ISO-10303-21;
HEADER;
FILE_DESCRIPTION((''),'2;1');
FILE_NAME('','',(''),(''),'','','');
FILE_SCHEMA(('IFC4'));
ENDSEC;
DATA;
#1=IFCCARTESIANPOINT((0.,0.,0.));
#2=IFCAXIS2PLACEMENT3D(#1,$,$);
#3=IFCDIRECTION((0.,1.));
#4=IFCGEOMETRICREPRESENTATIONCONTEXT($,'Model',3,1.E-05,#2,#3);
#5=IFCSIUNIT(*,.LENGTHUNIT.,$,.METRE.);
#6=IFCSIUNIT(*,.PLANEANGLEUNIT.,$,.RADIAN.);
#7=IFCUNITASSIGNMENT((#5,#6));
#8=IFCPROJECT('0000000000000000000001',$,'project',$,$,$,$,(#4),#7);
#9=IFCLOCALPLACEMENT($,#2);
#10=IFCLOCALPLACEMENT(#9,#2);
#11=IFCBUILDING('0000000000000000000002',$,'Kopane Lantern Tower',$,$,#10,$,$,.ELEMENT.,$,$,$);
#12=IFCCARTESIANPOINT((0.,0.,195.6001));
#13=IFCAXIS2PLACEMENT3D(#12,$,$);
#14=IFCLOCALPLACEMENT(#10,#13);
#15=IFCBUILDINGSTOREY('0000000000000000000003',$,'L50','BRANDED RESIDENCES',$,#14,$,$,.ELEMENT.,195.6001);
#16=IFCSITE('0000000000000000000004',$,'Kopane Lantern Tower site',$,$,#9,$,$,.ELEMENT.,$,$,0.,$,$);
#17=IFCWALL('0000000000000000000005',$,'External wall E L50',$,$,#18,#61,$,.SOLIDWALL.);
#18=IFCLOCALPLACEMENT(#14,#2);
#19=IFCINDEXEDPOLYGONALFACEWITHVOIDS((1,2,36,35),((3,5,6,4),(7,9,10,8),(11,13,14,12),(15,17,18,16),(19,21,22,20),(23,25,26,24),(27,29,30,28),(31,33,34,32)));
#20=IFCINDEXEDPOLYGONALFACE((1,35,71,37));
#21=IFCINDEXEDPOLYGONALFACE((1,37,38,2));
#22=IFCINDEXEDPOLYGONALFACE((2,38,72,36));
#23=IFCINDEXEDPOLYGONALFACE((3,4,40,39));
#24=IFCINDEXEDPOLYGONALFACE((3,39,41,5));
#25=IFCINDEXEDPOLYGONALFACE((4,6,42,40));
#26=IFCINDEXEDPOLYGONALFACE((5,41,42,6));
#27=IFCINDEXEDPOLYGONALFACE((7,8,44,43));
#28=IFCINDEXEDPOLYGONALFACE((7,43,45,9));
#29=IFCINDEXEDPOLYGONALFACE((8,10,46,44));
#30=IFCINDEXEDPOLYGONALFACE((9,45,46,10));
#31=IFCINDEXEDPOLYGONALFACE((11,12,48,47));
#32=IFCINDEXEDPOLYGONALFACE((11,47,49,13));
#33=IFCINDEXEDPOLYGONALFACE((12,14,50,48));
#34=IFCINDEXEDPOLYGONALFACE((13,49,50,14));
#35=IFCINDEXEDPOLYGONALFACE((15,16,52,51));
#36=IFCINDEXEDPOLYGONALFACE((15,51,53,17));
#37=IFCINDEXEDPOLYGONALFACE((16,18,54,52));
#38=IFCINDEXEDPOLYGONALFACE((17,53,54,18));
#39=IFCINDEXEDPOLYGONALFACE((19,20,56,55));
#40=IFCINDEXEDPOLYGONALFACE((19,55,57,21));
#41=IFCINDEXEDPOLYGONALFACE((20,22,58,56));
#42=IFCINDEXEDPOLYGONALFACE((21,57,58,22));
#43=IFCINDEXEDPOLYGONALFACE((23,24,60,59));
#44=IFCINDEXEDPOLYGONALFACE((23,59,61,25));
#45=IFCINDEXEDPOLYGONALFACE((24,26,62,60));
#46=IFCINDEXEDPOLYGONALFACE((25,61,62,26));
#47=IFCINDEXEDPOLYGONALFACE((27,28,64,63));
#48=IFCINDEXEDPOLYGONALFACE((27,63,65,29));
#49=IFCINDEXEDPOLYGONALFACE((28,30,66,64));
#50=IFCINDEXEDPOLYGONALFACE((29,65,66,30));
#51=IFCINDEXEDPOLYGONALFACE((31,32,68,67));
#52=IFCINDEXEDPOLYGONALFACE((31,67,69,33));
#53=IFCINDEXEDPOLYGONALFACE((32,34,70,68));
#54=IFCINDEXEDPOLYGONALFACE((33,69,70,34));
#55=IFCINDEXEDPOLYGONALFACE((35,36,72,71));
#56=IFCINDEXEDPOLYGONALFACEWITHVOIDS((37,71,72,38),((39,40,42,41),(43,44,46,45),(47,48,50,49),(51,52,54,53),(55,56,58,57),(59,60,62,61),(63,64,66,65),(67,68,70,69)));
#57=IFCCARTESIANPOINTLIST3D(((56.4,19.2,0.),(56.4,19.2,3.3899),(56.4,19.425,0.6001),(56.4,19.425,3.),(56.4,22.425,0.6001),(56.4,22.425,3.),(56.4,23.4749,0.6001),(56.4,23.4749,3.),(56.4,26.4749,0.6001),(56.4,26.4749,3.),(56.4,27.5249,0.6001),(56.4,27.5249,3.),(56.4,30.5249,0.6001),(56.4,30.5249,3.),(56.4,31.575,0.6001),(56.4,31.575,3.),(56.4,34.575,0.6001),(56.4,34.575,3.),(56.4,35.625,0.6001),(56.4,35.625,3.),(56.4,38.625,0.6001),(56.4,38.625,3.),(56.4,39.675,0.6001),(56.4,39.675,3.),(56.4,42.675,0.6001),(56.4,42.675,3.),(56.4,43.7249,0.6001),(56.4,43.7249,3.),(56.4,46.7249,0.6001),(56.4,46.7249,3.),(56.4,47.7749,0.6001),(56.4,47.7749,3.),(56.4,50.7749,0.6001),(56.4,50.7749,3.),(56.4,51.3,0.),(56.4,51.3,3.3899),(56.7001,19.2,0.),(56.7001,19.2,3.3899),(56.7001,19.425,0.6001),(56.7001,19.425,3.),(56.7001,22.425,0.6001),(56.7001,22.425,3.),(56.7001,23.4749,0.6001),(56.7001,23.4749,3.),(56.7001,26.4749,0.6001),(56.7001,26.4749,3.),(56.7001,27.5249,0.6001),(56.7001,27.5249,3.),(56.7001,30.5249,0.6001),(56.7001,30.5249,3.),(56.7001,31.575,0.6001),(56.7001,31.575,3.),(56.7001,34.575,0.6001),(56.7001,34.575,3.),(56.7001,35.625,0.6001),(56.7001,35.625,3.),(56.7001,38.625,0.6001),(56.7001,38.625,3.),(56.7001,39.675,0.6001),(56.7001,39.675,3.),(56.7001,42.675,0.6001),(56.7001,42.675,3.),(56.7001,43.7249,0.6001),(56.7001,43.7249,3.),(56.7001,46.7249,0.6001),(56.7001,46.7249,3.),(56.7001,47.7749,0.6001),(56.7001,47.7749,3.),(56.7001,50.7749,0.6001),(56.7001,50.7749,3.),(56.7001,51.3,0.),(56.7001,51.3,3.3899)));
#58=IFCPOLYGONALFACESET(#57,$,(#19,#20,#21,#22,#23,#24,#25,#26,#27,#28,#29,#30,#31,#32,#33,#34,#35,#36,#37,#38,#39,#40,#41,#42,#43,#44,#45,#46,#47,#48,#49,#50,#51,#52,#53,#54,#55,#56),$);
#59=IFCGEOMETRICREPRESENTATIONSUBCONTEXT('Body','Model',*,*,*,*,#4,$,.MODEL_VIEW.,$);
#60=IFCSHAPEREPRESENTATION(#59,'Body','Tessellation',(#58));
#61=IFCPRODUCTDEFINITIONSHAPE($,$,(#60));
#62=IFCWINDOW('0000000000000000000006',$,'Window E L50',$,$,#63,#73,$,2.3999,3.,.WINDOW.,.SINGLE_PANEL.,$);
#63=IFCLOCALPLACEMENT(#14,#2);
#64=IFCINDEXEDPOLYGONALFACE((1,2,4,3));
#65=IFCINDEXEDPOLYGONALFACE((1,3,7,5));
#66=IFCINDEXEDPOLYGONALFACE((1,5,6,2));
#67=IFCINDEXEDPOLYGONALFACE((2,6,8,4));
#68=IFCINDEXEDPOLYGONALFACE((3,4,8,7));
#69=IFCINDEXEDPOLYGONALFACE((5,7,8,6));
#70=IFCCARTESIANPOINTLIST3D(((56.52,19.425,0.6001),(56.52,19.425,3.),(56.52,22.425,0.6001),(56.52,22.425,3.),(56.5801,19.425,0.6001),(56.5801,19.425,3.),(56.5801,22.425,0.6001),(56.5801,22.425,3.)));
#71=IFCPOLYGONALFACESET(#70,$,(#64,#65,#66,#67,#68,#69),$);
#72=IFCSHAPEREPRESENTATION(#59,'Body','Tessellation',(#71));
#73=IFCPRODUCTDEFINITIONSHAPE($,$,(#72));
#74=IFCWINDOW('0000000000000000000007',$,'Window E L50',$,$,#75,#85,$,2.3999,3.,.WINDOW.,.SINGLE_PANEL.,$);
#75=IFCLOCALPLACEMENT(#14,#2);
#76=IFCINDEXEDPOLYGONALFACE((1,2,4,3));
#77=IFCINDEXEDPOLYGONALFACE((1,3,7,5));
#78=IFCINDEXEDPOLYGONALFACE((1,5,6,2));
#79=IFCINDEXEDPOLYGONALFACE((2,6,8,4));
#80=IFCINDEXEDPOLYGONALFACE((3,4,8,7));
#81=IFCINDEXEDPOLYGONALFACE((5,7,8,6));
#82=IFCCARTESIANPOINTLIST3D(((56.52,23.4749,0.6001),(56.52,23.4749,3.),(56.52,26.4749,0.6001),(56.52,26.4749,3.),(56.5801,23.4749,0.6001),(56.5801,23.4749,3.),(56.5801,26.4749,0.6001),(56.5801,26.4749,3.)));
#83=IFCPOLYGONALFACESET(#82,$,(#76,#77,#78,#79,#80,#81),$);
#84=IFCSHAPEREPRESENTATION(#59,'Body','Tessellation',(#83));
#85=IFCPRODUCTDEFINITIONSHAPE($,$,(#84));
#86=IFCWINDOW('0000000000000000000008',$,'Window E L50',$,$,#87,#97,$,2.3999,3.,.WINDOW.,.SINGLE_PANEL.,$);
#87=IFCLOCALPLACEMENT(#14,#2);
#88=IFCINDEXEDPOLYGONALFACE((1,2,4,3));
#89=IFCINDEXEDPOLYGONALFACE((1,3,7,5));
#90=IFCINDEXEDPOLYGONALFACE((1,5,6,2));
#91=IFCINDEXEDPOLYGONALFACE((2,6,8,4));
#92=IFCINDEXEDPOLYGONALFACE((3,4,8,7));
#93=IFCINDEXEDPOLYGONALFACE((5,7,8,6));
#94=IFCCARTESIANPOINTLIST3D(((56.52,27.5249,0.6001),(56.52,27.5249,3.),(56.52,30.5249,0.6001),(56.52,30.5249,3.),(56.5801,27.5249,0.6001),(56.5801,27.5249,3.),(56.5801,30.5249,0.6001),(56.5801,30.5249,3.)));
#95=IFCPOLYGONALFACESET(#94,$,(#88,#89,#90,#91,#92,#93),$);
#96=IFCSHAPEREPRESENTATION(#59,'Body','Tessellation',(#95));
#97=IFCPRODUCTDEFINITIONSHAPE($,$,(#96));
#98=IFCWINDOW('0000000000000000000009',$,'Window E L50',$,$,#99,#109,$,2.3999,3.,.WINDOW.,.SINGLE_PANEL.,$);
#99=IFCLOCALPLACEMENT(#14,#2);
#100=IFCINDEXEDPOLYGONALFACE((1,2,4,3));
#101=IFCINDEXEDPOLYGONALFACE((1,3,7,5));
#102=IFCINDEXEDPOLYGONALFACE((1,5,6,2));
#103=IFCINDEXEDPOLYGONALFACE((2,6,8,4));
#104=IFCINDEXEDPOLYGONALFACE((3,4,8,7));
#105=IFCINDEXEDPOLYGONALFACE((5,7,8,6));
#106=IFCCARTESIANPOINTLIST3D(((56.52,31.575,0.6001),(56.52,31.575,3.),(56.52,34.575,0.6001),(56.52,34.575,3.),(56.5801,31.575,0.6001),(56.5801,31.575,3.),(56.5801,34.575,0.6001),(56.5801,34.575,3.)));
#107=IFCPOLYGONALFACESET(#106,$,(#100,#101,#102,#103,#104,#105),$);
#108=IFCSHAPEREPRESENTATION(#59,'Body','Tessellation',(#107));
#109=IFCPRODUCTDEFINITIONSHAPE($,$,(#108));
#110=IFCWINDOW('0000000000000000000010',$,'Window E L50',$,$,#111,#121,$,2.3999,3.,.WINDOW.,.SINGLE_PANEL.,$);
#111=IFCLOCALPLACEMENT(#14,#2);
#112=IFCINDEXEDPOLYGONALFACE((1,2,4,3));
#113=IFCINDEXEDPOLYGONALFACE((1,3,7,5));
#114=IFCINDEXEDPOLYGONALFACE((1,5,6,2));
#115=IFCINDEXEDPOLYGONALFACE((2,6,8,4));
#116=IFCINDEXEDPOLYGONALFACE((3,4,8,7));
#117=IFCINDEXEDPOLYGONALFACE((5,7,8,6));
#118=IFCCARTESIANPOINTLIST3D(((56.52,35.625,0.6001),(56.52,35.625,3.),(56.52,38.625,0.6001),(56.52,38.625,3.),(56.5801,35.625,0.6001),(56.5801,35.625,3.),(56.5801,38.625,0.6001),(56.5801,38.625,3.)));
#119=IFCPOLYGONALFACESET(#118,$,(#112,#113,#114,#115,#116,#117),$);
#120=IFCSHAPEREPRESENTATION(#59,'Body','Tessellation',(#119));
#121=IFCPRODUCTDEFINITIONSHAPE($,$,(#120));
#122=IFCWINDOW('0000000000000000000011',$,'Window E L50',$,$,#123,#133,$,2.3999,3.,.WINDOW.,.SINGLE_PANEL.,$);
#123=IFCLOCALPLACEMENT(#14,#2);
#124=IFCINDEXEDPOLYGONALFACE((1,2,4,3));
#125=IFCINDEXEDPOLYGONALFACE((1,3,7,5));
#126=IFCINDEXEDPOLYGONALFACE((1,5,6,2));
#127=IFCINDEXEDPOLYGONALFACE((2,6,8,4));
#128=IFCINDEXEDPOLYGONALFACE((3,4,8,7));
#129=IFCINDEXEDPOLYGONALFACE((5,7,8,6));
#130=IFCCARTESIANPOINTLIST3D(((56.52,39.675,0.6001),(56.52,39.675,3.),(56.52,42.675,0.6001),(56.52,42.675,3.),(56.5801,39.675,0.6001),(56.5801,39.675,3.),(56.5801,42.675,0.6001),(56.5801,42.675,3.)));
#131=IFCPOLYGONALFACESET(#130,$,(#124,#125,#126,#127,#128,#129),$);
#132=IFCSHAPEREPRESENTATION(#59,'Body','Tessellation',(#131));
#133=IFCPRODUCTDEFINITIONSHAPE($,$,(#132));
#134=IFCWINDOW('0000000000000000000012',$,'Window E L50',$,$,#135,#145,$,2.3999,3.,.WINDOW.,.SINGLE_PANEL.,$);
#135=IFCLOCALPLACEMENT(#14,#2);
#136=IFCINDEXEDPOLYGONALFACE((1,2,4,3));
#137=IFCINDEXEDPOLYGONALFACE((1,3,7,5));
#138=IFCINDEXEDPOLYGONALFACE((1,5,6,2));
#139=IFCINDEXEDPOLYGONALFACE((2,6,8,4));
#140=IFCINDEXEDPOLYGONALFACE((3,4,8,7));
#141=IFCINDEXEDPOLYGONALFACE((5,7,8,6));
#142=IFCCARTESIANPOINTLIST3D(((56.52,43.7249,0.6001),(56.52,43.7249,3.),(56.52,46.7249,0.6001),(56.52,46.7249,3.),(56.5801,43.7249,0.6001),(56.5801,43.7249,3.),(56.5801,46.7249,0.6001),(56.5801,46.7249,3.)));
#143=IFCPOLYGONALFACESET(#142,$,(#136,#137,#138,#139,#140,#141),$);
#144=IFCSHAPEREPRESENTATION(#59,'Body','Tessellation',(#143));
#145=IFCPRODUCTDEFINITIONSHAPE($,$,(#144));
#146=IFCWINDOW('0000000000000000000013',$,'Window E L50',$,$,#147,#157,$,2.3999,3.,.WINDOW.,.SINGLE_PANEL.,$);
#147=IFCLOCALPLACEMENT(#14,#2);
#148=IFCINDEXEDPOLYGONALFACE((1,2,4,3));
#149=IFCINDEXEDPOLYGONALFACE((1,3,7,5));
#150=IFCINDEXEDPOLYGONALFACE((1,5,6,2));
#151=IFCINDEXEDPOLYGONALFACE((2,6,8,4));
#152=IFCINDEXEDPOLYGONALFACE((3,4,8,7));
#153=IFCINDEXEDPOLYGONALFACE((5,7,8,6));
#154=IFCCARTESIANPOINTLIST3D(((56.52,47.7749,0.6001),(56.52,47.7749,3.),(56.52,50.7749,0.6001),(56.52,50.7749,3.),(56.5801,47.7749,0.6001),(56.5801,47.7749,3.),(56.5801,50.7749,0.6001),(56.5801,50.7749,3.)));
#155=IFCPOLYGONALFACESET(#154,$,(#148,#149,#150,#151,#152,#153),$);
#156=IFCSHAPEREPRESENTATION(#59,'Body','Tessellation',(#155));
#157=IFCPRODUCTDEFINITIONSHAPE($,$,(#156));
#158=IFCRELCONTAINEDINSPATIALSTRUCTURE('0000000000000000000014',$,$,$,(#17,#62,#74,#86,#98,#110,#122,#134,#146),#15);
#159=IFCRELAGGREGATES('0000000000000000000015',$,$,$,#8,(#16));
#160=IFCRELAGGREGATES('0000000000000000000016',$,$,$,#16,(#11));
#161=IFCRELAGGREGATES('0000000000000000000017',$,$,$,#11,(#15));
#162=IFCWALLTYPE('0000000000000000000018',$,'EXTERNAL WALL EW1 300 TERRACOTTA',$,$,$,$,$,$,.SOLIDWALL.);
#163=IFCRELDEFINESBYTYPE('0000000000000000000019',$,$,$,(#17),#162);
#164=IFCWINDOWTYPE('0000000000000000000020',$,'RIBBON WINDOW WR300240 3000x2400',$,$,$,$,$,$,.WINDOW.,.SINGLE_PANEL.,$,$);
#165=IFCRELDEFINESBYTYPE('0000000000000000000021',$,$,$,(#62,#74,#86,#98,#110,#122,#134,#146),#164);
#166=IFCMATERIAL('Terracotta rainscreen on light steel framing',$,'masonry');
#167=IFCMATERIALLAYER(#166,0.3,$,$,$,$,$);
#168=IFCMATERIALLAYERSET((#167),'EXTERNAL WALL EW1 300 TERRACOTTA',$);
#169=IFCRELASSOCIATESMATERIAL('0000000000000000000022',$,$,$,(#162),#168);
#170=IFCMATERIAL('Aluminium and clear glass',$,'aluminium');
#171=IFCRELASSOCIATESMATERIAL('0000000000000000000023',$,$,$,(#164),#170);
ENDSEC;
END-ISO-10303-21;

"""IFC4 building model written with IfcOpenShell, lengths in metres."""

from ifc_helpers import new_model, si_unit, direction, frame, frame_2d, origin, place, context, subcontext, project, spatial, rectangle, extrude, material, layer, layer_set, type_object, element, fill, save


model = new_model("IFC4")

# Units and contexts
model_context = context("Model", 3, precision=1e-05, world=origin(), true_north=direction((0.0, 1.0)))
body_context = subcontext(model_context, "Body", "Model", "MODEL_VIEW")
ifc_project = project(units=[si_unit("LENGTHUNIT", "METRE"), si_unit("PLANEANGLEUNIT", "RADIAN")], contexts=[model_context])

# Site, building, storey
site_placement = place(None, origin())
site = spatial("IfcSite", under=ifc_project, at=site_placement, Name="Kopane Lantern Tower site", CompositionType="ELEMENT", RefElevation=0.0)
building_placement = place(site_placement, origin())
building = spatial("IfcBuilding", under=site, at=building_placement, Name="Kopane Lantern Tower", CompositionType="ELEMENT")
storey_placement = place(building_placement, frame((0.0, 0.0, 195.6001)))
storey = spatial("IfcBuildingStorey", under=building, at=storey_placement, Name="L50", Description="BRANDED RESIDENCES", CompositionType="ELEMENT", Elevation=195.6001)

# Shared definitions
ifc_material_1 = material(Name="Terracotta rainscreen on light steel framing", Category="masonry")
ifc_layer_1 = layer(ifc_material_1, 0.3)
ifc_layer_set_1 = layer_set([ifc_layer_1], Name="EXTERNAL WALL EW1 300 TERRACOTTA")
wall_type_1 = type_object("IfcWallType", Name="EXTERNAL WALL EW1 300 TERRACOTTA", PredefinedType="SOLIDWALL", material=ifc_layer_set_1)

# Wall, openings, windows
wall_1_placement = place(storey_placement, frame((56.55, 19.2, 0.0), z_axis=(0.0, 0.0, 1.0), x_axis=(0.0, 1.0, 0.0)))
wall_1 = element("IfcWall", 1, at=wall_1_placement, inside=storey, type_object=wall_type_1, Name="External wall E L50", PredefinedType="SOLIDWALL", context=body_context, shape_type="SweptSolid", body=[
    extrude(rectangle(XDim=32.1001, YDim=0.3, at=frame_2d((16.05, 0.0))), origin(), (0.0, 0.0, 1.0), 3.3899),
])
opening_1_placement = place(wall_1_placement, frame((0.2251, 0.0, 0.6001)))
opening_1 = element("IfcOpeningElement", 2, at=opening_1_placement, cuts=wall_1, PredefinedType="OPENING", context=body_context, shape_type="SweptSolid", body=[
    extrude(rectangle(XDim=3.0, YDim=2.3999, at=frame_2d((1.5, 1.2))), frame((0.0, 0.1599, 0.0), z_axis=(0.0, -1.0, 0.0), x_axis=(1.0, 0.0, 0.0)), (0.0, 0.0, 1.0), 0.3201),
])
opening_2_placement = place(wall_1_placement, frame((4.2749, 0.0, 0.6001)))
opening_2 = element("IfcOpeningElement", 3, at=opening_2_placement, cuts=wall_1, PredefinedType="OPENING", context=body_context, shape_type="SweptSolid", body=[
    extrude(rectangle(XDim=3.0, YDim=2.3999, at=frame_2d((1.5, 1.2))), frame((0.0, 0.1599, 0.0), z_axis=(0.0, -1.0, 0.0), x_axis=(1.0, 0.0, 0.0)), (0.0, 0.0, 1.0), 0.3201),
])
opening_3_placement = place(wall_1_placement, frame((8.325, 0.0, 0.6001)))
opening_3 = element("IfcOpeningElement", 4, at=opening_3_placement, cuts=wall_1, PredefinedType="OPENING", context=body_context, shape_type="SweptSolid", body=[
    extrude(rectangle(XDim=3.0, YDim=2.3999, at=frame_2d((1.5, 1.2))), frame((0.0, 0.1599, 0.0), z_axis=(0.0, -1.0, 0.0), x_axis=(1.0, 0.0, 0.0)), (0.0, 0.0, 1.0), 0.3201),
])
opening_4_placement = place(wall_1_placement, frame((12.375, 0.0, 0.6001)))
opening_4 = element("IfcOpeningElement", 5, at=opening_4_placement, cuts=wall_1, PredefinedType="OPENING", context=body_context, shape_type="SweptSolid", body=[
    extrude(rectangle(XDim=3.0, YDim=2.3999, at=frame_2d((1.5, 1.2))), frame((0.0, 0.1599, 0.0), z_axis=(0.0, -1.0, 0.0), x_axis=(1.0, 0.0, 0.0)), (0.0, 0.0, 1.0), 0.3201),
])
opening_5_placement = place(wall_1_placement, frame((16.425, 0.0, 0.6001)))
opening_5 = element("IfcOpeningElement", 6, at=opening_5_placement, cuts=wall_1, PredefinedType="OPENING", context=body_context, shape_type="SweptSolid", body=[
    extrude(rectangle(XDim=3.0, YDim=2.3999, at=frame_2d((1.5, 1.2))), frame((0.0, 0.1599, 0.0), z_axis=(0.0, -1.0, 0.0), x_axis=(1.0, 0.0, 0.0)), (0.0, 0.0, 1.0), 0.3201),
])
opening_6_placement = place(wall_1_placement, frame((20.4751, 0.0, 0.6001)))
opening_6 = element("IfcOpeningElement", 7, at=opening_6_placement, cuts=wall_1, PredefinedType="OPENING", context=body_context, shape_type="SweptSolid", body=[
    extrude(rectangle(XDim=3.0, YDim=2.3999, at=frame_2d((1.5, 1.2))), frame((0.0, 0.1599, 0.0), z_axis=(0.0, -1.0, 0.0), x_axis=(1.0, 0.0, 0.0)), (0.0, 0.0, 1.0), 0.3201),
])
opening_7_placement = place(wall_1_placement, frame((24.5249, 0.0, 0.6001)))
opening_7 = element("IfcOpeningElement", 8, at=opening_7_placement, cuts=wall_1, PredefinedType="OPENING", context=body_context, shape_type="SweptSolid", body=[
    extrude(rectangle(XDim=3.0, YDim=2.3999, at=frame_2d((1.5, 1.2))), frame((0.0, 0.1599, 0.0), z_axis=(0.0, -1.0, 0.0), x_axis=(1.0, 0.0, 0.0)), (0.0, 0.0, 1.0), 0.3201),
])
opening_8_placement = place(wall_1_placement, frame((28.575, 0.0, 0.6001)))
opening_8 = element("IfcOpeningElement", 9, at=opening_8_placement, cuts=wall_1, PredefinedType="OPENING", context=body_context, shape_type="SweptSolid", body=[
    extrude(rectangle(XDim=3.0, YDim=2.3999, at=frame_2d((1.5, 1.2))), frame((0.0, 0.1599, 0.0), z_axis=(0.0, -1.0, 0.0), x_axis=(1.0, 0.0, 0.0)), (0.0, 0.0, 1.0), 0.3201),
])
ifc_material_2 = material(Name="Aluminium and clear glass", Category="aluminium")
window_type_1 = type_object("IfcWindowType", Name="RIBBON WINDOW WR300240 3000x2400", PartitioningType="SINGLE_PANEL", PredefinedType="WINDOW", material=ifc_material_2)
window_1_placement = place(opening_1_placement, origin())
window_1 = element("IfcWindow", 10, at=window_1_placement, inside=storey, type_object=window_type_1, Name="Window E L50", OverallHeight=2.3999, OverallWidth=3.0, PartitioningType="SINGLE_PANEL", PredefinedType="WINDOW", context=body_context, shape_type="SweptSolid", body=[
    extrude(rectangle(XDim=3.0, YDim=2.3999, at=frame_2d((1.5, 1.2))), frame((0.0, 0.03, 0.0), z_axis=(0.0, -1.0, 0.0), x_axis=(1.0, 0.0, 0.0)), (0.0, 0.0, 1.0), 0.0601),
])
fill(opening_1, window_1)
window_2_placement = place(opening_2_placement, origin())
window_2 = element("IfcWindow", 11, at=window_2_placement, inside=storey, type_object=window_type_1, Name="Window E L50", OverallHeight=2.3999, OverallWidth=3.0, PartitioningType="SINGLE_PANEL", PredefinedType="WINDOW", context=body_context, shape_type="SweptSolid", body=[
    extrude(rectangle(XDim=3.0, YDim=2.3999, at=frame_2d((1.5, 1.2))), frame((0.0, 0.03, 0.0), z_axis=(0.0, -1.0, 0.0), x_axis=(1.0, 0.0, 0.0)), (0.0, 0.0, 1.0), 0.0601),
])
fill(opening_2, window_2)
window_3_placement = place(opening_3_placement, origin())
window_3 = element("IfcWindow", 12, at=window_3_placement, inside=storey, type_object=window_type_1, Name="Window E L50", OverallHeight=2.3999, OverallWidth=3.0, PartitioningType="SINGLE_PANEL", PredefinedType="WINDOW", context=body_context, shape_type="SweptSolid", body=[
    extrude(rectangle(XDim=3.0, YDim=2.3999, at=frame_2d((1.5, 1.2))), frame((0.0, 0.03, 0.0), z_axis=(0.0, -1.0, 0.0), x_axis=(1.0, 0.0, 0.0)), (0.0, 0.0, 1.0), 0.0601),
])
fill(opening_3, window_3)
window_4_placement = place(opening_4_placement, origin())
window_4 = element("IfcWindow", 13, at=window_4_placement, inside=storey, type_object=window_type_1, Name="Window E L50", OverallHeight=2.3999, OverallWidth=3.0, PartitioningType="SINGLE_PANEL", PredefinedType="WINDOW", context=body_context, shape_type="SweptSolid", body=[
    extrude(rectangle(XDim=3.0, YDim=2.3999, at=frame_2d((1.5, 1.2))), frame((0.0, 0.03, 0.0), z_axis=(0.0, -1.0, 0.0), x_axis=(1.0, 0.0, 0.0)), (0.0, 0.0, 1.0), 0.0601),
])
fill(opening_4, window_4)
window_5_placement = place(opening_5_placement, origin())
window_5 = element("IfcWindow", 14, at=window_5_placement, inside=storey, type_object=window_type_1, Name="Window E L50", OverallHeight=2.3999, OverallWidth=3.0, PartitioningType="SINGLE_PANEL", PredefinedType="WINDOW", context=body_context, shape_type="SweptSolid", body=[
    extrude(rectangle(XDim=3.0, YDim=2.3999, at=frame_2d((1.5, 1.2))), frame((0.0, 0.03, 0.0), z_axis=(0.0, -1.0, 0.0), x_axis=(1.0, 0.0, 0.0)), (0.0, 0.0, 1.0), 0.0601),
])
fill(opening_5, window_5)
window_6_placement = place(opening_6_placement, origin())
window_6 = element("IfcWindow", 15, at=window_6_placement, inside=storey, type_object=window_type_1, Name="Window E L50", OverallHeight=2.3999, OverallWidth=3.0, PartitioningType="SINGLE_PANEL", PredefinedType="WINDOW", context=body_context, shape_type="SweptSolid", body=[
    extrude(rectangle(XDim=3.0, YDim=2.3999, at=frame_2d((1.5, 1.2))), frame((0.0, 0.03, 0.0), z_axis=(0.0, -1.0, 0.0), x_axis=(1.0, 0.0, 0.0)), (0.0, 0.0, 1.0), 0.0601),
])
fill(opening_6, window_6)
window_7_placement = place(opening_7_placement, origin())
window_7 = element("IfcWindow", 16, at=window_7_placement, inside=storey, type_object=window_type_1, Name="Window E L50", OverallHeight=2.3999, OverallWidth=3.0, PartitioningType="SINGLE_PANEL", PredefinedType="WINDOW", context=body_context, shape_type="SweptSolid", body=[
    extrude(rectangle(XDim=3.0, YDim=2.3999, at=frame_2d((1.5, 1.2))), frame((0.0, 0.03, 0.0), z_axis=(0.0, -1.0, 0.0), x_axis=(1.0, 0.0, 0.0)), (0.0, 0.0, 1.0), 0.0601),
])
fill(opening_7, window_7)
window_8_placement = place(opening_8_placement, origin())
window_8 = element("IfcWindow", 17, at=window_8_placement, inside=storey, type_object=window_type_1, Name="Window E L50", OverallHeight=2.3999, OverallWidth=3.0, PartitioningType="SINGLE_PANEL", PredefinedType="WINDOW", context=body_context, shape_type="SweptSolid", body=[
    extrude(rectangle(XDim=3.0, YDim=2.3999, at=frame_2d((1.5, 1.2))), frame((0.0, 0.03, 0.0), z_axis=(0.0, -1.0, 0.0), x_axis=(1.0, 0.0, 0.0)), (0.0, 0.0, 1.0), 0.0601),
])
fill(opening_8, window_8)

save(model, "model.ifc")
